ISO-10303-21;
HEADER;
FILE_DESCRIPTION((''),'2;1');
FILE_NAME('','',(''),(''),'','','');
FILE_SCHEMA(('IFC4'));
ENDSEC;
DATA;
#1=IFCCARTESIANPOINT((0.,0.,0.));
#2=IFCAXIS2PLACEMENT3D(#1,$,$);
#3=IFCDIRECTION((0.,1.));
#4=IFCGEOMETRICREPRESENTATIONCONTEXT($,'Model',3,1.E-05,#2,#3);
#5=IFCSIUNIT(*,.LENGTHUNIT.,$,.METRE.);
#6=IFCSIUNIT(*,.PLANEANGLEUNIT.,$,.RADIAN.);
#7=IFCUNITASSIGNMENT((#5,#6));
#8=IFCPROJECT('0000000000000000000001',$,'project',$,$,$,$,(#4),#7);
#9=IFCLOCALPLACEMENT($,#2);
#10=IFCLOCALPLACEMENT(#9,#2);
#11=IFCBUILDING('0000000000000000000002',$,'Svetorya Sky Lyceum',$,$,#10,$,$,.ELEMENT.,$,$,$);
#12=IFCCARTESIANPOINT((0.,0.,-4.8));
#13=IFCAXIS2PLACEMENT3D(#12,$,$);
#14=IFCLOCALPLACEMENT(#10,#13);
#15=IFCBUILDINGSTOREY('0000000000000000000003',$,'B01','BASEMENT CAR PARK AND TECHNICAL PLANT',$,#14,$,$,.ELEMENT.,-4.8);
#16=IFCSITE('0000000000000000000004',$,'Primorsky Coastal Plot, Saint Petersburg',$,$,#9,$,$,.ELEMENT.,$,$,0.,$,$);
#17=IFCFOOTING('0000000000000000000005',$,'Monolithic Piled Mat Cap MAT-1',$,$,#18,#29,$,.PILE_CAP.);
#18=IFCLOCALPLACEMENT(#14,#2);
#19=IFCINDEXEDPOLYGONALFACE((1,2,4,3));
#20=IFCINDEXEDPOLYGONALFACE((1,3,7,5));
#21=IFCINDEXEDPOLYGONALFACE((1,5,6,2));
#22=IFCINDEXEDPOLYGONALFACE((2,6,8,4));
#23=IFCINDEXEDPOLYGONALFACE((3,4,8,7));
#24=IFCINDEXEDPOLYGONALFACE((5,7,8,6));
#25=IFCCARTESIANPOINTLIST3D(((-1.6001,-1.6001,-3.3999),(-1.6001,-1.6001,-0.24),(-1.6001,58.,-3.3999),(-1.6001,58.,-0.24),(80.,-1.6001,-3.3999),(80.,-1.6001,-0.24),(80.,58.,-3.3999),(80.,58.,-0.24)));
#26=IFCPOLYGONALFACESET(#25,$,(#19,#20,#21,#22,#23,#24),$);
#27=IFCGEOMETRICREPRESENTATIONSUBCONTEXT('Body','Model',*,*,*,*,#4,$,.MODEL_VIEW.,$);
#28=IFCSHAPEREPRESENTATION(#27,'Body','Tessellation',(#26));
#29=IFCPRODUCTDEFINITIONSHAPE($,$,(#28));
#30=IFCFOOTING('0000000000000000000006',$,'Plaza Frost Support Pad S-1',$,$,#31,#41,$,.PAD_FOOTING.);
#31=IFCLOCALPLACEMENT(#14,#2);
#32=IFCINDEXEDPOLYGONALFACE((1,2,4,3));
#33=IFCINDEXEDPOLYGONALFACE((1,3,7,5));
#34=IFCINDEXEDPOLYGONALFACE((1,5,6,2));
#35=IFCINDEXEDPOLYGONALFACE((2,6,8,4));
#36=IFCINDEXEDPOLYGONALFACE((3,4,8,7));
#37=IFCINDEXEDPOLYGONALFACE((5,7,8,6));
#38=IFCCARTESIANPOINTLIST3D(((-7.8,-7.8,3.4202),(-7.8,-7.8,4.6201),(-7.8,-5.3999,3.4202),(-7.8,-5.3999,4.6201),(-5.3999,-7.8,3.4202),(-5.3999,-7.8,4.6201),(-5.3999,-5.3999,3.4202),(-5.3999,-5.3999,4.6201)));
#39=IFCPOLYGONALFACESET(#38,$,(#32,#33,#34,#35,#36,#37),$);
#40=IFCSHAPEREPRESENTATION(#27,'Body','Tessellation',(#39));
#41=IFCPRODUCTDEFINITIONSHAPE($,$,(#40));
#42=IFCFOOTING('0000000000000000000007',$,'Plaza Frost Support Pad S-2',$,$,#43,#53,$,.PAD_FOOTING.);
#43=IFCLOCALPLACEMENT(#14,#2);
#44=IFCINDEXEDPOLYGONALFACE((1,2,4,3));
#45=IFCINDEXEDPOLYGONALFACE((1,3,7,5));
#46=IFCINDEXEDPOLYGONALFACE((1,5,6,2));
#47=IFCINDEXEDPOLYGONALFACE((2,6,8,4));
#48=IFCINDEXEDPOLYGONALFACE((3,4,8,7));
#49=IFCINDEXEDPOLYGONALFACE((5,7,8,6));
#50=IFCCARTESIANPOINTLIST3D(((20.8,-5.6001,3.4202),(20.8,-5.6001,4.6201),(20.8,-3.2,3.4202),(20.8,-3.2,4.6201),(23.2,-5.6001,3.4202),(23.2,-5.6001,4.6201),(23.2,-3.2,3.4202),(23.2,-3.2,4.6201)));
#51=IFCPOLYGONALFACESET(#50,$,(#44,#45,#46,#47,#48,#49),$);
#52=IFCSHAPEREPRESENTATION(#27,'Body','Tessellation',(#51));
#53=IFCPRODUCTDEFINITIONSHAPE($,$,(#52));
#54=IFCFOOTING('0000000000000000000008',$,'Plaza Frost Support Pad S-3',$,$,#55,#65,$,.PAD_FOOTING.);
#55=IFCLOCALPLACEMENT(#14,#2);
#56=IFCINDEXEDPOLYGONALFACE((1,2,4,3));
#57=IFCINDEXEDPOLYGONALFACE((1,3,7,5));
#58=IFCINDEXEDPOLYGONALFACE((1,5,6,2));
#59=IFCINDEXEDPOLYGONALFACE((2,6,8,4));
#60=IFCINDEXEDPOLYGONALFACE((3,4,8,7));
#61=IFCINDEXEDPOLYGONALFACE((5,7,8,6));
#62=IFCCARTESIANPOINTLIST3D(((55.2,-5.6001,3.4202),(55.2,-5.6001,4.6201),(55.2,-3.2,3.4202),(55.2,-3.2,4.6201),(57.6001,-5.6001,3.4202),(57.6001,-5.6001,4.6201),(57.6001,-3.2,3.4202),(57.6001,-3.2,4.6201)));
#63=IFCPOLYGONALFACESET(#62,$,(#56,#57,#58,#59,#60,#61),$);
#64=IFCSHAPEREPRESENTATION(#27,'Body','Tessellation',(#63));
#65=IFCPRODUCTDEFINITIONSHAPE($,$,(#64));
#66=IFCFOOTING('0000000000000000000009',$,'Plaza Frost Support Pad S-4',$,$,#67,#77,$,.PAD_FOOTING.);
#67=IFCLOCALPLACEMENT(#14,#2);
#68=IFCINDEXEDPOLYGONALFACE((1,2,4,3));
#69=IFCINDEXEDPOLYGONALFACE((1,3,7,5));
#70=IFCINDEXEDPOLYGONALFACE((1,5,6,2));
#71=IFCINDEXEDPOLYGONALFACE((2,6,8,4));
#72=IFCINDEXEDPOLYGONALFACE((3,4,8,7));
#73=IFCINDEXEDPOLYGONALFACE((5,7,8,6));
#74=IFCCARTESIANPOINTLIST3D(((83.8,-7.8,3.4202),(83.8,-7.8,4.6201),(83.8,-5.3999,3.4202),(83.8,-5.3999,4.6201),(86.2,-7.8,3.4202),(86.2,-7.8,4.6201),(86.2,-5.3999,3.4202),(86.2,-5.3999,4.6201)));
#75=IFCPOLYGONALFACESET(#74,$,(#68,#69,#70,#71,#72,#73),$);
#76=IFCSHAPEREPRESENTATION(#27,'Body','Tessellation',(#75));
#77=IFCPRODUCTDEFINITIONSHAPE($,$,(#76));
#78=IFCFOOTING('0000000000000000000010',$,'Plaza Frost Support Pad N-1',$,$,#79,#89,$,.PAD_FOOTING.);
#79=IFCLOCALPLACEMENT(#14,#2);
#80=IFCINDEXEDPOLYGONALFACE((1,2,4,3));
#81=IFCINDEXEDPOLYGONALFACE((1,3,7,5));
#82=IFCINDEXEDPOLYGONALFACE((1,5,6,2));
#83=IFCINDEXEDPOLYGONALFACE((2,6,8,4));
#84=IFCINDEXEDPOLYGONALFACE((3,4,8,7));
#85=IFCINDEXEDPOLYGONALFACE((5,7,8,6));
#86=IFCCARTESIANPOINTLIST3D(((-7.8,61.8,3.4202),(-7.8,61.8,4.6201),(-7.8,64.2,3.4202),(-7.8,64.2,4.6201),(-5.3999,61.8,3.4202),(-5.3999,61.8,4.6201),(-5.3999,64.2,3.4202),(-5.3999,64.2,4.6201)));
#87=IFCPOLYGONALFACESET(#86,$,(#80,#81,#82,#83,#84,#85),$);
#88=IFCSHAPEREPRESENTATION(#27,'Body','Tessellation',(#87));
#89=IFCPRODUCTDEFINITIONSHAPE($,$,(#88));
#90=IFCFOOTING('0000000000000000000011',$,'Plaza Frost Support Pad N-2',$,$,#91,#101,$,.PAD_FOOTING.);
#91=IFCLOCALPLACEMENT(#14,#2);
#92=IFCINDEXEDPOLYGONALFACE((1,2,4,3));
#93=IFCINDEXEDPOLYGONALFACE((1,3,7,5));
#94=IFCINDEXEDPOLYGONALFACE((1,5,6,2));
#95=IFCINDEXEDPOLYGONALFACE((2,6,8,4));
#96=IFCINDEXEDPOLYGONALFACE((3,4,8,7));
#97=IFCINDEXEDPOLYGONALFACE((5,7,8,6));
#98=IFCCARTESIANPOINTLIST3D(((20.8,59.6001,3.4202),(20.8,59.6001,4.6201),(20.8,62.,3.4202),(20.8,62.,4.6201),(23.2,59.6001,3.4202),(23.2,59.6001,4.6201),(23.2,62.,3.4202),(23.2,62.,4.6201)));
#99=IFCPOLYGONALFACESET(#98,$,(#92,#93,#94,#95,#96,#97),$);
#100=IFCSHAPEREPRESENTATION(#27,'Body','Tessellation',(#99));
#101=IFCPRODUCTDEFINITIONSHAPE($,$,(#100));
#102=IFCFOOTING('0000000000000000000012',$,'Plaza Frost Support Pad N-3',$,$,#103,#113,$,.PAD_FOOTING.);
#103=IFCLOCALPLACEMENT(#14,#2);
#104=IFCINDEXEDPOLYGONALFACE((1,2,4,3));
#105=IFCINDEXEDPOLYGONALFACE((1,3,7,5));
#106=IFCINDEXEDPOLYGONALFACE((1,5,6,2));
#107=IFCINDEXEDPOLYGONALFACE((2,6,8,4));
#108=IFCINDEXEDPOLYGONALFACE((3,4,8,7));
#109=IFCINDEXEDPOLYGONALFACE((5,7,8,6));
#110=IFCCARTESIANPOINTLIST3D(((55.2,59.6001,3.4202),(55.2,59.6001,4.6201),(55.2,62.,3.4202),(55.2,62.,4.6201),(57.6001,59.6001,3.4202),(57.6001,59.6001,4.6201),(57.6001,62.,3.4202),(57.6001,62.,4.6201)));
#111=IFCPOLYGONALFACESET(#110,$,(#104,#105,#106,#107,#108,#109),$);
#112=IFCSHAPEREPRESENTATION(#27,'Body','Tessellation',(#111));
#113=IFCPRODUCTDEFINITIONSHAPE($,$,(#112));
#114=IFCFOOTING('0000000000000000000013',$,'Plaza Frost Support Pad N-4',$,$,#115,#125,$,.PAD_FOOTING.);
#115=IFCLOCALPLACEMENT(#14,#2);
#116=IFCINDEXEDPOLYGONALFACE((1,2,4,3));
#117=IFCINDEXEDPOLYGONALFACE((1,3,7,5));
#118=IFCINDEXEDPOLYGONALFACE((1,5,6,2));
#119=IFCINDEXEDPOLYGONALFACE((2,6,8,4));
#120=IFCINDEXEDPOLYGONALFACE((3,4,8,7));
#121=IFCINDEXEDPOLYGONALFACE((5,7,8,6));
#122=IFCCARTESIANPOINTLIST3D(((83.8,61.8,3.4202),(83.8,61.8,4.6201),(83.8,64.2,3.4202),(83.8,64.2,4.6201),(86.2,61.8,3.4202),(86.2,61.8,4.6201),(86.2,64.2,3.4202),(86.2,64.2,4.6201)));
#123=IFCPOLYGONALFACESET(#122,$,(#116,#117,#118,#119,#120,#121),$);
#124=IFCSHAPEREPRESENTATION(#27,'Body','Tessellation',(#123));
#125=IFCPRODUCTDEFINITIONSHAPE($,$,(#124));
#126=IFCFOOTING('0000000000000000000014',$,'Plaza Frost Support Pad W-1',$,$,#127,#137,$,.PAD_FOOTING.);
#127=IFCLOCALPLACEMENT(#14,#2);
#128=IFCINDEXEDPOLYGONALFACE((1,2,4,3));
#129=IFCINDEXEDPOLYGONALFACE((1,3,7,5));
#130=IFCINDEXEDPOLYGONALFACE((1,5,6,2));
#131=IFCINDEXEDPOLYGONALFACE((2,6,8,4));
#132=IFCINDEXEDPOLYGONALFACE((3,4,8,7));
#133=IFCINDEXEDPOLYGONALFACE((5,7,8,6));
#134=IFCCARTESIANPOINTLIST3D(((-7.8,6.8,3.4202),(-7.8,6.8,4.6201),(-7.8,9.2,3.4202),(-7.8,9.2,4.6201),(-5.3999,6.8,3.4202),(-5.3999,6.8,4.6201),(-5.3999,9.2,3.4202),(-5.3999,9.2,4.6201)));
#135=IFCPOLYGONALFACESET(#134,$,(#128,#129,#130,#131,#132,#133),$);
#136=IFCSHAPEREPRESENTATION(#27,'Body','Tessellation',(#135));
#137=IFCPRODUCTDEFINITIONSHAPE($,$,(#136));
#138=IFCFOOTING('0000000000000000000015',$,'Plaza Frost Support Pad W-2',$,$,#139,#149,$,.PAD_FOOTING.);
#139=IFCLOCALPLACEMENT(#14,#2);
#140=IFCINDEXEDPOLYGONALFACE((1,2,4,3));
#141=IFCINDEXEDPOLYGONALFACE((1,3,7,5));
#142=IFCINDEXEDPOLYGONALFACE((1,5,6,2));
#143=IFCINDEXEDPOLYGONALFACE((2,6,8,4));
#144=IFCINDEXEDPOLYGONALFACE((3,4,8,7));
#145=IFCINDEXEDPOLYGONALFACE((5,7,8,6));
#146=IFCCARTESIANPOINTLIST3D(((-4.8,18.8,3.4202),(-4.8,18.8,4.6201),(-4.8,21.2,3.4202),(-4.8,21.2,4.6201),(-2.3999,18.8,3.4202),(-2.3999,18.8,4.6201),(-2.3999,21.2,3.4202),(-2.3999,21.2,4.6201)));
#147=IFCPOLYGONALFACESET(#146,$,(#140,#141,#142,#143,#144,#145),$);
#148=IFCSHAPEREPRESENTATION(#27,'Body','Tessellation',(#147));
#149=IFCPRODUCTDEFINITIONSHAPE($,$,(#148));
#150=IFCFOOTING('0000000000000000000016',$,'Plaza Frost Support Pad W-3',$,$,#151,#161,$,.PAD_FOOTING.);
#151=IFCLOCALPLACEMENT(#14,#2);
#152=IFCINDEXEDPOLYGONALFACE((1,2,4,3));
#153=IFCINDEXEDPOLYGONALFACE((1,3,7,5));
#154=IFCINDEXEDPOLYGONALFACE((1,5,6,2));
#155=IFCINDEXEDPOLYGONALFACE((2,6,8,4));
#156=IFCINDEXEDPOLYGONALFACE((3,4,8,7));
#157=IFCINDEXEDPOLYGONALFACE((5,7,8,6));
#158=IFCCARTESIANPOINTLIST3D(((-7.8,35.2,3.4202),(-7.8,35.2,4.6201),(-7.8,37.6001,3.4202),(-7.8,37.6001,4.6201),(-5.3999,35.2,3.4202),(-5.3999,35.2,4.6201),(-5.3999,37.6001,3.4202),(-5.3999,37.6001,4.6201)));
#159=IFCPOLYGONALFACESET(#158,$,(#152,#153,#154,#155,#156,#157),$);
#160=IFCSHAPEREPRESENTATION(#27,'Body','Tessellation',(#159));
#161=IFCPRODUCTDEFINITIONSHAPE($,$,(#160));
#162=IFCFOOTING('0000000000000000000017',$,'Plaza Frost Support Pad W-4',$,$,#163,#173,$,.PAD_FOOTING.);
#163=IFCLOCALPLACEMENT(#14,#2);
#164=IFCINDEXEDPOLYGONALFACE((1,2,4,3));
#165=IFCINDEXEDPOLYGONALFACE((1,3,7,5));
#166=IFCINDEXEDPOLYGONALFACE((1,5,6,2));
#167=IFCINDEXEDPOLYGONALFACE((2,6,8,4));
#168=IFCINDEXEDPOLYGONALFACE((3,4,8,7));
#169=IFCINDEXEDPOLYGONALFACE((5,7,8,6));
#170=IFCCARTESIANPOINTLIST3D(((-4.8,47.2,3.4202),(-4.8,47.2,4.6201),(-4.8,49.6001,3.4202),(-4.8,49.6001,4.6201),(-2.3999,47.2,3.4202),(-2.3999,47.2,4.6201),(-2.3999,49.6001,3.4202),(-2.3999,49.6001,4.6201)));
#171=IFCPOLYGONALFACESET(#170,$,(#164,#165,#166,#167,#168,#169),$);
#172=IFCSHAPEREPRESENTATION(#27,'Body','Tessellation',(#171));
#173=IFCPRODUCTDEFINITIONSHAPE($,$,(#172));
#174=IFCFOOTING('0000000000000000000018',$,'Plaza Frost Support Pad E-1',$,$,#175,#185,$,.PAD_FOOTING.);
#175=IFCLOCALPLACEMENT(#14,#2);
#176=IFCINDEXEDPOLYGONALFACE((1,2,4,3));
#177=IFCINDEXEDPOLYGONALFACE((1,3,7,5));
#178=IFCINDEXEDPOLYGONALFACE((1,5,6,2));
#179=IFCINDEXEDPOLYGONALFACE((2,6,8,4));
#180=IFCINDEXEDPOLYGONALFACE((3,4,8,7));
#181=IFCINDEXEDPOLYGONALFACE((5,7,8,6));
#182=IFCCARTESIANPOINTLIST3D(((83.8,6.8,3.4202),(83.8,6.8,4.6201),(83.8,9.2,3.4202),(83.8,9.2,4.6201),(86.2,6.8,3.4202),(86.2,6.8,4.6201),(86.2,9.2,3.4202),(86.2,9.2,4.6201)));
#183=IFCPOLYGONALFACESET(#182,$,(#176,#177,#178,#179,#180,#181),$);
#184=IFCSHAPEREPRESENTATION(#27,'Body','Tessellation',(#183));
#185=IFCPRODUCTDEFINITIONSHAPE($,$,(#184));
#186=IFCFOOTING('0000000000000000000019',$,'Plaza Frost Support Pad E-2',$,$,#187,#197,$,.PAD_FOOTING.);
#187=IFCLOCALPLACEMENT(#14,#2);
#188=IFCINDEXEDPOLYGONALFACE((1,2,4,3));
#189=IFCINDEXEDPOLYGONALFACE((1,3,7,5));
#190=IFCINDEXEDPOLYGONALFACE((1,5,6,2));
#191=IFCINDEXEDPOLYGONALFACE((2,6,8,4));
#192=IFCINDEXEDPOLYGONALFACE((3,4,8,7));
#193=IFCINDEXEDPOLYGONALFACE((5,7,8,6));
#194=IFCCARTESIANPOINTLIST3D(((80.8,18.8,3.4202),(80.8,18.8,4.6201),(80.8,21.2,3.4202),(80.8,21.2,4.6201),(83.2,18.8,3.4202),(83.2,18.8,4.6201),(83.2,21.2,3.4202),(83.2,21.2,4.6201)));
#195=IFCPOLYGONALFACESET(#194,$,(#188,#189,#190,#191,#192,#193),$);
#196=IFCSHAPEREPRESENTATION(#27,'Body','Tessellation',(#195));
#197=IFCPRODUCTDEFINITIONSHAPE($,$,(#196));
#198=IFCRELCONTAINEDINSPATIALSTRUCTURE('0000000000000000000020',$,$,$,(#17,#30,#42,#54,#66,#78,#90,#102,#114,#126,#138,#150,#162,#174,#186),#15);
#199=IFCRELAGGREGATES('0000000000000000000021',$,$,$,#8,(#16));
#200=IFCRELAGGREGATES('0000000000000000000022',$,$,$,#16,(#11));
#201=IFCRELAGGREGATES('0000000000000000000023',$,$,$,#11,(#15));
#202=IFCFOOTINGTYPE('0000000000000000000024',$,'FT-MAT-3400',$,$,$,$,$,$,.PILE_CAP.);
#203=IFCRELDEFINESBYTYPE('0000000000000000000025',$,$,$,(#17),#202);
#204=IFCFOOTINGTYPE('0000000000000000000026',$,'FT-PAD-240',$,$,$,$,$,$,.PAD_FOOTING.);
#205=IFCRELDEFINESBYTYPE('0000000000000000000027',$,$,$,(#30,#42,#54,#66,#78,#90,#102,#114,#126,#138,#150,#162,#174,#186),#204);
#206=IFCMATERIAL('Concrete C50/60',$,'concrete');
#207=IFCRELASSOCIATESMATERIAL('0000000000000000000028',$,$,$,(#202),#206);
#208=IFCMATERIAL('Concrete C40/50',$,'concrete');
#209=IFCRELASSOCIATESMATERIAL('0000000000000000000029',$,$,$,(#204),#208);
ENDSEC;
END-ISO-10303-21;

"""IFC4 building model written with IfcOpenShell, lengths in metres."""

from ifc_helpers import new_model, si_unit, direction, frame, origin, place, context, subcontext, project, spatial, polyline, outline, extrude, material, type_object, element, save


model = new_model("IFC4")

# Units and contexts
model_context = context("Model", 3, precision=1e-05, world=origin(), true_north=direction((0.0, 1.0)))
body_context = subcontext(model_context, "Body", "Model", "MODEL_VIEW")
ifc_project = project(units=[si_unit("LENGTHUNIT", "METRE"), si_unit("PLANEANGLEUNIT", "RADIAN")], contexts=[model_context])

# Site, building, storey
site_placement = place(None, origin())
site = spatial("IfcSite", under=ifc_project, at=site_placement, Name="Primorsky Coastal Plot, Saint Petersburg", CompositionType="ELEMENT", RefElevation=0.0)
building_placement = place(site_placement, origin())
building = spatial("IfcBuilding", under=site, at=building_placement, Name="Svetorya Sky Lyceum", CompositionType="ELEMENT")
storey_placement = place(building_placement, frame((0.0, 0.0, -4.8)))
storey = spatial("IfcBuildingStorey", under=building, at=storey_placement, Name="B01", Description="BASEMENT CAR PARK AND TECHNICAL PLANT", CompositionType="ELEMENT", Elevation=-4.8)

# Footings
ifc_material_1 = material(Name="Concrete C50/60", Category="concrete")
footing_type_1 = type_object("IfcFootingType", Name="FT-MAT-3400", PredefinedType="PILE_CAP", material=ifc_material_1)
footing_1_placement = place(storey_placement, frame((0.0, 0.0, -3.3999)))
element("IfcFooting", 1, at=footing_1_placement, inside=storey, type_object=footing_type_1, Name="Monolithic Piled Mat Cap MAT-1", PredefinedType="PILE_CAP", context=body_context, shape_type="SweptSolid", body=[
    extrude(outline(polyline([(-1.6001, -1.6001), (80.0, -1.6001), (80.0, 58.0), (-1.6001, 58.0), (-1.6001, -1.6001)])), origin(), (0.0, 0.0, 1.0), 3.1599),
])
ifc_material_2 = material(Name="Concrete C40/50", Category="concrete")
footing_type_2 = type_object("IfcFootingType", Name="FT-PAD-240", PredefinedType="PAD_FOOTING", material=ifc_material_2)
footing_2_placement = place(storey_placement, frame((0.0, 0.0, 3.4202)))
element("IfcFooting", 2, at=footing_2_placement, inside=storey, type_object=footing_type_2, Name="Plaza Frost Support Pad S-1", PredefinedType="PAD_FOOTING", context=body_context, shape_type="SweptSolid", body=[
    extrude(outline(polyline([(-7.8, -7.8), (-5.3999, -7.8), (-5.3999, -5.3999), (-7.8, -5.3999), (-7.8, -7.8)])), origin(), (0.0, 0.0, 1.0), 1.2),
])
footing_3_placement = place(storey_placement, frame((0.0, 0.0, 3.4202)))
element("IfcFooting", 3, at=footing_3_placement, inside=storey, type_object=footing_type_2, Name="Plaza Frost Support Pad S-2", PredefinedType="PAD_FOOTING", context=body_context, shape_type="SweptSolid", body=[
    extrude(outline(polyline([(20.8, -5.6001), (23.2, -5.6001), (23.2, -3.2), (20.8, -3.2), (20.8, -5.6001)])), origin(), (0.0, 0.0, 1.0), 1.2),
])
footing_4_placement = place(storey_placement, frame((0.0, 0.0, 3.4202)))
element("IfcFooting", 4, at=footing_4_placement, inside=storey, type_object=footing_type_2, Name="Plaza Frost Support Pad S-3", PredefinedType="PAD_FOOTING", context=body_context, shape_type="SweptSolid", body=[
    extrude(outline(polyline([(55.2, -5.6001), (57.6001, -5.6001), (57.6001, -3.2), (55.2, -3.2), (55.2, -5.6001)])), origin(), (0.0, 0.0, 1.0), 1.2),
])
footing_5_placement = place(storey_placement, frame((0.0, 0.0, 3.4202)))
element("IfcFooting", 5, at=footing_5_placement, inside=storey, type_object=footing_type_2, Name="Plaza Frost Support Pad S-4", PredefinedType="PAD_FOOTING", context=body_context, shape_type="SweptSolid", body=[
    extrude(outline(polyline([(83.8, -7.8), (86.2, -7.8), (86.2, -5.3999), (83.8, -5.3999), (83.8, -7.8)])), origin(), (0.0, 0.0, 1.0), 1.2),
])
footing_6_placement = place(storey_placement, frame((0.0, 0.0, 3.4202)))
element("IfcFooting", 6, at=footing_6_placement, inside=storey, type_object=footing_type_2, Name="Plaza Frost Support Pad N-1", PredefinedType="PAD_FOOTING", context=body_context, shape_type="SweptSolid", body=[
    extrude(outline(polyline([(-7.8, 61.8), (-5.3999, 61.8), (-5.3999, 64.2), (-7.8, 64.2), (-7.8, 61.8)])), origin(), (0.0, 0.0, 1.0), 1.2),
])
footing_7_placement = place(storey_placement, frame((0.0, 0.0, 3.4202)))
element("IfcFooting", 7, at=footing_7_placement, inside=storey, type_object=footing_type_2, Name="Plaza Frost Support Pad N-2", PredefinedType="PAD_FOOTING", context=body_context, shape_type="SweptSolid", body=[
    extrude(outline(polyline([(20.8, 59.6001), (23.2, 59.6001), (23.2, 62.0), (20.8, 62.0), (20.8, 59.6001)])), origin(), (0.0, 0.0, 1.0), 1.2),
])
footing_8_placement = place(storey_placement, frame((0.0, 0.0, 3.4202)))
element("IfcFooting", 8, at=footing_8_placement, inside=storey, type_object=footing_type_2, Name="Plaza Frost Support Pad N-3", PredefinedType="PAD_FOOTING", context=body_context, shape_type="SweptSolid", body=[
    extrude(outline(polyline([(55.2, 59.6001), (57.6001, 59.6001), (57.6001, 62.0), (55.2, 62.0), (55.2, 59.6001)])), origin(), (0.0, 0.0, 1.0), 1.2),
])
footing_9_placement = place(storey_placement, frame((0.0, 0.0, 3.4202)))
element("IfcFooting", 9, at=footing_9_placement, inside=storey, type_object=footing_type_2, Name="Plaza Frost Support Pad N-4", PredefinedType="PAD_FOOTING", context=body_context, shape_type="SweptSolid", body=[
    extrude(outline(polyline([(83.8, 61.8), (86.2, 61.8), (86.2, 64.2), (83.8, 64.2), (83.8, 61.8)])), origin(), (0.0, 0.0, 1.0), 1.2),
])
footing_10_placement = place(storey_placement, frame((0.0, 0.0, 3.4202)))
element("IfcFooting", 10, at=footing_10_placement, inside=storey, type_object=footing_type_2, Name="Plaza Frost Support Pad W-1", PredefinedType="PAD_FOOTING", context=body_context, shape_type="SweptSolid", body=[
    extrude(outline(polyline([(-7.8, 6.8), (-5.3999, 6.8), (-5.3999, 9.2), (-7.8, 9.2), (-7.8, 6.8)])), origin(), (0.0, 0.0, 1.0), 1.2),
])
footing_11_placement = place(storey_placement, frame((0.0, 0.0, 3.4202)))
element("IfcFooting", 11, at=footing_11_placement, inside=storey, type_object=footing_type_2, Name="Plaza Frost Support Pad W-2", PredefinedType="PAD_FOOTING", context=body_context, shape_type="SweptSolid", body=[
    extrude(outline(polyline([(-4.8, 18.8), (-2.3999, 18.8), (-2.3999, 21.2), (-4.8, 21.2), (-4.8, 18.8)])), origin(), (0.0, 0.0, 1.0), 1.2),
])
footing_12_placement = place(storey_placement, frame((0.0, 0.0, 3.4202)))
element("IfcFooting", 12, at=footing_12_placement, inside=storey, type_object=footing_type_2, Name="Plaza Frost Support Pad W-3", PredefinedType="PAD_FOOTING", context=body_context, shape_type="SweptSolid", body=[
    extrude(outline(polyline([(-7.8, 35.2), (-5.3999, 35.2), (-5.3999, 37.6001), (-7.8, 37.6001), (-7.8, 35.2)])), origin(), (0.0, 0.0, 1.0), 1.2),
])
footing_13_placement = place(storey_placement, frame((0.0, 0.0, 3.4202)))
element("IfcFooting", 13, at=footing_13_placement, inside=storey, type_object=footing_type_2, Name="Plaza Frost Support Pad W-4", PredefinedType="PAD_FOOTING", context=body_context, shape_type="SweptSolid", body=[
    extrude(outline(polyline([(-4.8, 47.2), (-2.3999, 47.2), (-2.3999, 49.6001), (-4.8, 49.6001), (-4.8, 47.2)])), origin(), (0.0, 0.0, 1.0), 1.2),
])
footing_14_placement = place(storey_placement, frame((0.0, 0.0, 3.4202)))
element("IfcFooting", 14, at=footing_14_placement, inside=storey, type_object=footing_type_2, Name="Plaza Frost Support Pad E-1", PredefinedType="PAD_FOOTING", context=body_context, shape_type="SweptSolid", body=[
    extrude(outline(polyline([(83.8, 6.8), (86.2, 6.8), (86.2, 9.2), (83.8, 9.2), (83.8, 6.8)])), origin(), (0.0, 0.0, 1.0), 1.2),
])
footing_15_placement = place(storey_placement, frame((0.0, 0.0, 3.4202)))
element("IfcFooting", 15, at=footing_15_placement, inside=storey, type_object=footing_type_2, Name="Plaza Frost Support Pad E-2", PredefinedType="PAD_FOOTING", context=body_context, shape_type="SweptSolid", body=[
    extrude(outline(polyline([(80.8, 18.8), (83.2, 18.8), (83.2, 21.2), (80.8, 21.2), (80.8, 18.8)])), origin(), (0.0, 0.0, 1.0), 1.2),
])

save(model, "model.ifc")
